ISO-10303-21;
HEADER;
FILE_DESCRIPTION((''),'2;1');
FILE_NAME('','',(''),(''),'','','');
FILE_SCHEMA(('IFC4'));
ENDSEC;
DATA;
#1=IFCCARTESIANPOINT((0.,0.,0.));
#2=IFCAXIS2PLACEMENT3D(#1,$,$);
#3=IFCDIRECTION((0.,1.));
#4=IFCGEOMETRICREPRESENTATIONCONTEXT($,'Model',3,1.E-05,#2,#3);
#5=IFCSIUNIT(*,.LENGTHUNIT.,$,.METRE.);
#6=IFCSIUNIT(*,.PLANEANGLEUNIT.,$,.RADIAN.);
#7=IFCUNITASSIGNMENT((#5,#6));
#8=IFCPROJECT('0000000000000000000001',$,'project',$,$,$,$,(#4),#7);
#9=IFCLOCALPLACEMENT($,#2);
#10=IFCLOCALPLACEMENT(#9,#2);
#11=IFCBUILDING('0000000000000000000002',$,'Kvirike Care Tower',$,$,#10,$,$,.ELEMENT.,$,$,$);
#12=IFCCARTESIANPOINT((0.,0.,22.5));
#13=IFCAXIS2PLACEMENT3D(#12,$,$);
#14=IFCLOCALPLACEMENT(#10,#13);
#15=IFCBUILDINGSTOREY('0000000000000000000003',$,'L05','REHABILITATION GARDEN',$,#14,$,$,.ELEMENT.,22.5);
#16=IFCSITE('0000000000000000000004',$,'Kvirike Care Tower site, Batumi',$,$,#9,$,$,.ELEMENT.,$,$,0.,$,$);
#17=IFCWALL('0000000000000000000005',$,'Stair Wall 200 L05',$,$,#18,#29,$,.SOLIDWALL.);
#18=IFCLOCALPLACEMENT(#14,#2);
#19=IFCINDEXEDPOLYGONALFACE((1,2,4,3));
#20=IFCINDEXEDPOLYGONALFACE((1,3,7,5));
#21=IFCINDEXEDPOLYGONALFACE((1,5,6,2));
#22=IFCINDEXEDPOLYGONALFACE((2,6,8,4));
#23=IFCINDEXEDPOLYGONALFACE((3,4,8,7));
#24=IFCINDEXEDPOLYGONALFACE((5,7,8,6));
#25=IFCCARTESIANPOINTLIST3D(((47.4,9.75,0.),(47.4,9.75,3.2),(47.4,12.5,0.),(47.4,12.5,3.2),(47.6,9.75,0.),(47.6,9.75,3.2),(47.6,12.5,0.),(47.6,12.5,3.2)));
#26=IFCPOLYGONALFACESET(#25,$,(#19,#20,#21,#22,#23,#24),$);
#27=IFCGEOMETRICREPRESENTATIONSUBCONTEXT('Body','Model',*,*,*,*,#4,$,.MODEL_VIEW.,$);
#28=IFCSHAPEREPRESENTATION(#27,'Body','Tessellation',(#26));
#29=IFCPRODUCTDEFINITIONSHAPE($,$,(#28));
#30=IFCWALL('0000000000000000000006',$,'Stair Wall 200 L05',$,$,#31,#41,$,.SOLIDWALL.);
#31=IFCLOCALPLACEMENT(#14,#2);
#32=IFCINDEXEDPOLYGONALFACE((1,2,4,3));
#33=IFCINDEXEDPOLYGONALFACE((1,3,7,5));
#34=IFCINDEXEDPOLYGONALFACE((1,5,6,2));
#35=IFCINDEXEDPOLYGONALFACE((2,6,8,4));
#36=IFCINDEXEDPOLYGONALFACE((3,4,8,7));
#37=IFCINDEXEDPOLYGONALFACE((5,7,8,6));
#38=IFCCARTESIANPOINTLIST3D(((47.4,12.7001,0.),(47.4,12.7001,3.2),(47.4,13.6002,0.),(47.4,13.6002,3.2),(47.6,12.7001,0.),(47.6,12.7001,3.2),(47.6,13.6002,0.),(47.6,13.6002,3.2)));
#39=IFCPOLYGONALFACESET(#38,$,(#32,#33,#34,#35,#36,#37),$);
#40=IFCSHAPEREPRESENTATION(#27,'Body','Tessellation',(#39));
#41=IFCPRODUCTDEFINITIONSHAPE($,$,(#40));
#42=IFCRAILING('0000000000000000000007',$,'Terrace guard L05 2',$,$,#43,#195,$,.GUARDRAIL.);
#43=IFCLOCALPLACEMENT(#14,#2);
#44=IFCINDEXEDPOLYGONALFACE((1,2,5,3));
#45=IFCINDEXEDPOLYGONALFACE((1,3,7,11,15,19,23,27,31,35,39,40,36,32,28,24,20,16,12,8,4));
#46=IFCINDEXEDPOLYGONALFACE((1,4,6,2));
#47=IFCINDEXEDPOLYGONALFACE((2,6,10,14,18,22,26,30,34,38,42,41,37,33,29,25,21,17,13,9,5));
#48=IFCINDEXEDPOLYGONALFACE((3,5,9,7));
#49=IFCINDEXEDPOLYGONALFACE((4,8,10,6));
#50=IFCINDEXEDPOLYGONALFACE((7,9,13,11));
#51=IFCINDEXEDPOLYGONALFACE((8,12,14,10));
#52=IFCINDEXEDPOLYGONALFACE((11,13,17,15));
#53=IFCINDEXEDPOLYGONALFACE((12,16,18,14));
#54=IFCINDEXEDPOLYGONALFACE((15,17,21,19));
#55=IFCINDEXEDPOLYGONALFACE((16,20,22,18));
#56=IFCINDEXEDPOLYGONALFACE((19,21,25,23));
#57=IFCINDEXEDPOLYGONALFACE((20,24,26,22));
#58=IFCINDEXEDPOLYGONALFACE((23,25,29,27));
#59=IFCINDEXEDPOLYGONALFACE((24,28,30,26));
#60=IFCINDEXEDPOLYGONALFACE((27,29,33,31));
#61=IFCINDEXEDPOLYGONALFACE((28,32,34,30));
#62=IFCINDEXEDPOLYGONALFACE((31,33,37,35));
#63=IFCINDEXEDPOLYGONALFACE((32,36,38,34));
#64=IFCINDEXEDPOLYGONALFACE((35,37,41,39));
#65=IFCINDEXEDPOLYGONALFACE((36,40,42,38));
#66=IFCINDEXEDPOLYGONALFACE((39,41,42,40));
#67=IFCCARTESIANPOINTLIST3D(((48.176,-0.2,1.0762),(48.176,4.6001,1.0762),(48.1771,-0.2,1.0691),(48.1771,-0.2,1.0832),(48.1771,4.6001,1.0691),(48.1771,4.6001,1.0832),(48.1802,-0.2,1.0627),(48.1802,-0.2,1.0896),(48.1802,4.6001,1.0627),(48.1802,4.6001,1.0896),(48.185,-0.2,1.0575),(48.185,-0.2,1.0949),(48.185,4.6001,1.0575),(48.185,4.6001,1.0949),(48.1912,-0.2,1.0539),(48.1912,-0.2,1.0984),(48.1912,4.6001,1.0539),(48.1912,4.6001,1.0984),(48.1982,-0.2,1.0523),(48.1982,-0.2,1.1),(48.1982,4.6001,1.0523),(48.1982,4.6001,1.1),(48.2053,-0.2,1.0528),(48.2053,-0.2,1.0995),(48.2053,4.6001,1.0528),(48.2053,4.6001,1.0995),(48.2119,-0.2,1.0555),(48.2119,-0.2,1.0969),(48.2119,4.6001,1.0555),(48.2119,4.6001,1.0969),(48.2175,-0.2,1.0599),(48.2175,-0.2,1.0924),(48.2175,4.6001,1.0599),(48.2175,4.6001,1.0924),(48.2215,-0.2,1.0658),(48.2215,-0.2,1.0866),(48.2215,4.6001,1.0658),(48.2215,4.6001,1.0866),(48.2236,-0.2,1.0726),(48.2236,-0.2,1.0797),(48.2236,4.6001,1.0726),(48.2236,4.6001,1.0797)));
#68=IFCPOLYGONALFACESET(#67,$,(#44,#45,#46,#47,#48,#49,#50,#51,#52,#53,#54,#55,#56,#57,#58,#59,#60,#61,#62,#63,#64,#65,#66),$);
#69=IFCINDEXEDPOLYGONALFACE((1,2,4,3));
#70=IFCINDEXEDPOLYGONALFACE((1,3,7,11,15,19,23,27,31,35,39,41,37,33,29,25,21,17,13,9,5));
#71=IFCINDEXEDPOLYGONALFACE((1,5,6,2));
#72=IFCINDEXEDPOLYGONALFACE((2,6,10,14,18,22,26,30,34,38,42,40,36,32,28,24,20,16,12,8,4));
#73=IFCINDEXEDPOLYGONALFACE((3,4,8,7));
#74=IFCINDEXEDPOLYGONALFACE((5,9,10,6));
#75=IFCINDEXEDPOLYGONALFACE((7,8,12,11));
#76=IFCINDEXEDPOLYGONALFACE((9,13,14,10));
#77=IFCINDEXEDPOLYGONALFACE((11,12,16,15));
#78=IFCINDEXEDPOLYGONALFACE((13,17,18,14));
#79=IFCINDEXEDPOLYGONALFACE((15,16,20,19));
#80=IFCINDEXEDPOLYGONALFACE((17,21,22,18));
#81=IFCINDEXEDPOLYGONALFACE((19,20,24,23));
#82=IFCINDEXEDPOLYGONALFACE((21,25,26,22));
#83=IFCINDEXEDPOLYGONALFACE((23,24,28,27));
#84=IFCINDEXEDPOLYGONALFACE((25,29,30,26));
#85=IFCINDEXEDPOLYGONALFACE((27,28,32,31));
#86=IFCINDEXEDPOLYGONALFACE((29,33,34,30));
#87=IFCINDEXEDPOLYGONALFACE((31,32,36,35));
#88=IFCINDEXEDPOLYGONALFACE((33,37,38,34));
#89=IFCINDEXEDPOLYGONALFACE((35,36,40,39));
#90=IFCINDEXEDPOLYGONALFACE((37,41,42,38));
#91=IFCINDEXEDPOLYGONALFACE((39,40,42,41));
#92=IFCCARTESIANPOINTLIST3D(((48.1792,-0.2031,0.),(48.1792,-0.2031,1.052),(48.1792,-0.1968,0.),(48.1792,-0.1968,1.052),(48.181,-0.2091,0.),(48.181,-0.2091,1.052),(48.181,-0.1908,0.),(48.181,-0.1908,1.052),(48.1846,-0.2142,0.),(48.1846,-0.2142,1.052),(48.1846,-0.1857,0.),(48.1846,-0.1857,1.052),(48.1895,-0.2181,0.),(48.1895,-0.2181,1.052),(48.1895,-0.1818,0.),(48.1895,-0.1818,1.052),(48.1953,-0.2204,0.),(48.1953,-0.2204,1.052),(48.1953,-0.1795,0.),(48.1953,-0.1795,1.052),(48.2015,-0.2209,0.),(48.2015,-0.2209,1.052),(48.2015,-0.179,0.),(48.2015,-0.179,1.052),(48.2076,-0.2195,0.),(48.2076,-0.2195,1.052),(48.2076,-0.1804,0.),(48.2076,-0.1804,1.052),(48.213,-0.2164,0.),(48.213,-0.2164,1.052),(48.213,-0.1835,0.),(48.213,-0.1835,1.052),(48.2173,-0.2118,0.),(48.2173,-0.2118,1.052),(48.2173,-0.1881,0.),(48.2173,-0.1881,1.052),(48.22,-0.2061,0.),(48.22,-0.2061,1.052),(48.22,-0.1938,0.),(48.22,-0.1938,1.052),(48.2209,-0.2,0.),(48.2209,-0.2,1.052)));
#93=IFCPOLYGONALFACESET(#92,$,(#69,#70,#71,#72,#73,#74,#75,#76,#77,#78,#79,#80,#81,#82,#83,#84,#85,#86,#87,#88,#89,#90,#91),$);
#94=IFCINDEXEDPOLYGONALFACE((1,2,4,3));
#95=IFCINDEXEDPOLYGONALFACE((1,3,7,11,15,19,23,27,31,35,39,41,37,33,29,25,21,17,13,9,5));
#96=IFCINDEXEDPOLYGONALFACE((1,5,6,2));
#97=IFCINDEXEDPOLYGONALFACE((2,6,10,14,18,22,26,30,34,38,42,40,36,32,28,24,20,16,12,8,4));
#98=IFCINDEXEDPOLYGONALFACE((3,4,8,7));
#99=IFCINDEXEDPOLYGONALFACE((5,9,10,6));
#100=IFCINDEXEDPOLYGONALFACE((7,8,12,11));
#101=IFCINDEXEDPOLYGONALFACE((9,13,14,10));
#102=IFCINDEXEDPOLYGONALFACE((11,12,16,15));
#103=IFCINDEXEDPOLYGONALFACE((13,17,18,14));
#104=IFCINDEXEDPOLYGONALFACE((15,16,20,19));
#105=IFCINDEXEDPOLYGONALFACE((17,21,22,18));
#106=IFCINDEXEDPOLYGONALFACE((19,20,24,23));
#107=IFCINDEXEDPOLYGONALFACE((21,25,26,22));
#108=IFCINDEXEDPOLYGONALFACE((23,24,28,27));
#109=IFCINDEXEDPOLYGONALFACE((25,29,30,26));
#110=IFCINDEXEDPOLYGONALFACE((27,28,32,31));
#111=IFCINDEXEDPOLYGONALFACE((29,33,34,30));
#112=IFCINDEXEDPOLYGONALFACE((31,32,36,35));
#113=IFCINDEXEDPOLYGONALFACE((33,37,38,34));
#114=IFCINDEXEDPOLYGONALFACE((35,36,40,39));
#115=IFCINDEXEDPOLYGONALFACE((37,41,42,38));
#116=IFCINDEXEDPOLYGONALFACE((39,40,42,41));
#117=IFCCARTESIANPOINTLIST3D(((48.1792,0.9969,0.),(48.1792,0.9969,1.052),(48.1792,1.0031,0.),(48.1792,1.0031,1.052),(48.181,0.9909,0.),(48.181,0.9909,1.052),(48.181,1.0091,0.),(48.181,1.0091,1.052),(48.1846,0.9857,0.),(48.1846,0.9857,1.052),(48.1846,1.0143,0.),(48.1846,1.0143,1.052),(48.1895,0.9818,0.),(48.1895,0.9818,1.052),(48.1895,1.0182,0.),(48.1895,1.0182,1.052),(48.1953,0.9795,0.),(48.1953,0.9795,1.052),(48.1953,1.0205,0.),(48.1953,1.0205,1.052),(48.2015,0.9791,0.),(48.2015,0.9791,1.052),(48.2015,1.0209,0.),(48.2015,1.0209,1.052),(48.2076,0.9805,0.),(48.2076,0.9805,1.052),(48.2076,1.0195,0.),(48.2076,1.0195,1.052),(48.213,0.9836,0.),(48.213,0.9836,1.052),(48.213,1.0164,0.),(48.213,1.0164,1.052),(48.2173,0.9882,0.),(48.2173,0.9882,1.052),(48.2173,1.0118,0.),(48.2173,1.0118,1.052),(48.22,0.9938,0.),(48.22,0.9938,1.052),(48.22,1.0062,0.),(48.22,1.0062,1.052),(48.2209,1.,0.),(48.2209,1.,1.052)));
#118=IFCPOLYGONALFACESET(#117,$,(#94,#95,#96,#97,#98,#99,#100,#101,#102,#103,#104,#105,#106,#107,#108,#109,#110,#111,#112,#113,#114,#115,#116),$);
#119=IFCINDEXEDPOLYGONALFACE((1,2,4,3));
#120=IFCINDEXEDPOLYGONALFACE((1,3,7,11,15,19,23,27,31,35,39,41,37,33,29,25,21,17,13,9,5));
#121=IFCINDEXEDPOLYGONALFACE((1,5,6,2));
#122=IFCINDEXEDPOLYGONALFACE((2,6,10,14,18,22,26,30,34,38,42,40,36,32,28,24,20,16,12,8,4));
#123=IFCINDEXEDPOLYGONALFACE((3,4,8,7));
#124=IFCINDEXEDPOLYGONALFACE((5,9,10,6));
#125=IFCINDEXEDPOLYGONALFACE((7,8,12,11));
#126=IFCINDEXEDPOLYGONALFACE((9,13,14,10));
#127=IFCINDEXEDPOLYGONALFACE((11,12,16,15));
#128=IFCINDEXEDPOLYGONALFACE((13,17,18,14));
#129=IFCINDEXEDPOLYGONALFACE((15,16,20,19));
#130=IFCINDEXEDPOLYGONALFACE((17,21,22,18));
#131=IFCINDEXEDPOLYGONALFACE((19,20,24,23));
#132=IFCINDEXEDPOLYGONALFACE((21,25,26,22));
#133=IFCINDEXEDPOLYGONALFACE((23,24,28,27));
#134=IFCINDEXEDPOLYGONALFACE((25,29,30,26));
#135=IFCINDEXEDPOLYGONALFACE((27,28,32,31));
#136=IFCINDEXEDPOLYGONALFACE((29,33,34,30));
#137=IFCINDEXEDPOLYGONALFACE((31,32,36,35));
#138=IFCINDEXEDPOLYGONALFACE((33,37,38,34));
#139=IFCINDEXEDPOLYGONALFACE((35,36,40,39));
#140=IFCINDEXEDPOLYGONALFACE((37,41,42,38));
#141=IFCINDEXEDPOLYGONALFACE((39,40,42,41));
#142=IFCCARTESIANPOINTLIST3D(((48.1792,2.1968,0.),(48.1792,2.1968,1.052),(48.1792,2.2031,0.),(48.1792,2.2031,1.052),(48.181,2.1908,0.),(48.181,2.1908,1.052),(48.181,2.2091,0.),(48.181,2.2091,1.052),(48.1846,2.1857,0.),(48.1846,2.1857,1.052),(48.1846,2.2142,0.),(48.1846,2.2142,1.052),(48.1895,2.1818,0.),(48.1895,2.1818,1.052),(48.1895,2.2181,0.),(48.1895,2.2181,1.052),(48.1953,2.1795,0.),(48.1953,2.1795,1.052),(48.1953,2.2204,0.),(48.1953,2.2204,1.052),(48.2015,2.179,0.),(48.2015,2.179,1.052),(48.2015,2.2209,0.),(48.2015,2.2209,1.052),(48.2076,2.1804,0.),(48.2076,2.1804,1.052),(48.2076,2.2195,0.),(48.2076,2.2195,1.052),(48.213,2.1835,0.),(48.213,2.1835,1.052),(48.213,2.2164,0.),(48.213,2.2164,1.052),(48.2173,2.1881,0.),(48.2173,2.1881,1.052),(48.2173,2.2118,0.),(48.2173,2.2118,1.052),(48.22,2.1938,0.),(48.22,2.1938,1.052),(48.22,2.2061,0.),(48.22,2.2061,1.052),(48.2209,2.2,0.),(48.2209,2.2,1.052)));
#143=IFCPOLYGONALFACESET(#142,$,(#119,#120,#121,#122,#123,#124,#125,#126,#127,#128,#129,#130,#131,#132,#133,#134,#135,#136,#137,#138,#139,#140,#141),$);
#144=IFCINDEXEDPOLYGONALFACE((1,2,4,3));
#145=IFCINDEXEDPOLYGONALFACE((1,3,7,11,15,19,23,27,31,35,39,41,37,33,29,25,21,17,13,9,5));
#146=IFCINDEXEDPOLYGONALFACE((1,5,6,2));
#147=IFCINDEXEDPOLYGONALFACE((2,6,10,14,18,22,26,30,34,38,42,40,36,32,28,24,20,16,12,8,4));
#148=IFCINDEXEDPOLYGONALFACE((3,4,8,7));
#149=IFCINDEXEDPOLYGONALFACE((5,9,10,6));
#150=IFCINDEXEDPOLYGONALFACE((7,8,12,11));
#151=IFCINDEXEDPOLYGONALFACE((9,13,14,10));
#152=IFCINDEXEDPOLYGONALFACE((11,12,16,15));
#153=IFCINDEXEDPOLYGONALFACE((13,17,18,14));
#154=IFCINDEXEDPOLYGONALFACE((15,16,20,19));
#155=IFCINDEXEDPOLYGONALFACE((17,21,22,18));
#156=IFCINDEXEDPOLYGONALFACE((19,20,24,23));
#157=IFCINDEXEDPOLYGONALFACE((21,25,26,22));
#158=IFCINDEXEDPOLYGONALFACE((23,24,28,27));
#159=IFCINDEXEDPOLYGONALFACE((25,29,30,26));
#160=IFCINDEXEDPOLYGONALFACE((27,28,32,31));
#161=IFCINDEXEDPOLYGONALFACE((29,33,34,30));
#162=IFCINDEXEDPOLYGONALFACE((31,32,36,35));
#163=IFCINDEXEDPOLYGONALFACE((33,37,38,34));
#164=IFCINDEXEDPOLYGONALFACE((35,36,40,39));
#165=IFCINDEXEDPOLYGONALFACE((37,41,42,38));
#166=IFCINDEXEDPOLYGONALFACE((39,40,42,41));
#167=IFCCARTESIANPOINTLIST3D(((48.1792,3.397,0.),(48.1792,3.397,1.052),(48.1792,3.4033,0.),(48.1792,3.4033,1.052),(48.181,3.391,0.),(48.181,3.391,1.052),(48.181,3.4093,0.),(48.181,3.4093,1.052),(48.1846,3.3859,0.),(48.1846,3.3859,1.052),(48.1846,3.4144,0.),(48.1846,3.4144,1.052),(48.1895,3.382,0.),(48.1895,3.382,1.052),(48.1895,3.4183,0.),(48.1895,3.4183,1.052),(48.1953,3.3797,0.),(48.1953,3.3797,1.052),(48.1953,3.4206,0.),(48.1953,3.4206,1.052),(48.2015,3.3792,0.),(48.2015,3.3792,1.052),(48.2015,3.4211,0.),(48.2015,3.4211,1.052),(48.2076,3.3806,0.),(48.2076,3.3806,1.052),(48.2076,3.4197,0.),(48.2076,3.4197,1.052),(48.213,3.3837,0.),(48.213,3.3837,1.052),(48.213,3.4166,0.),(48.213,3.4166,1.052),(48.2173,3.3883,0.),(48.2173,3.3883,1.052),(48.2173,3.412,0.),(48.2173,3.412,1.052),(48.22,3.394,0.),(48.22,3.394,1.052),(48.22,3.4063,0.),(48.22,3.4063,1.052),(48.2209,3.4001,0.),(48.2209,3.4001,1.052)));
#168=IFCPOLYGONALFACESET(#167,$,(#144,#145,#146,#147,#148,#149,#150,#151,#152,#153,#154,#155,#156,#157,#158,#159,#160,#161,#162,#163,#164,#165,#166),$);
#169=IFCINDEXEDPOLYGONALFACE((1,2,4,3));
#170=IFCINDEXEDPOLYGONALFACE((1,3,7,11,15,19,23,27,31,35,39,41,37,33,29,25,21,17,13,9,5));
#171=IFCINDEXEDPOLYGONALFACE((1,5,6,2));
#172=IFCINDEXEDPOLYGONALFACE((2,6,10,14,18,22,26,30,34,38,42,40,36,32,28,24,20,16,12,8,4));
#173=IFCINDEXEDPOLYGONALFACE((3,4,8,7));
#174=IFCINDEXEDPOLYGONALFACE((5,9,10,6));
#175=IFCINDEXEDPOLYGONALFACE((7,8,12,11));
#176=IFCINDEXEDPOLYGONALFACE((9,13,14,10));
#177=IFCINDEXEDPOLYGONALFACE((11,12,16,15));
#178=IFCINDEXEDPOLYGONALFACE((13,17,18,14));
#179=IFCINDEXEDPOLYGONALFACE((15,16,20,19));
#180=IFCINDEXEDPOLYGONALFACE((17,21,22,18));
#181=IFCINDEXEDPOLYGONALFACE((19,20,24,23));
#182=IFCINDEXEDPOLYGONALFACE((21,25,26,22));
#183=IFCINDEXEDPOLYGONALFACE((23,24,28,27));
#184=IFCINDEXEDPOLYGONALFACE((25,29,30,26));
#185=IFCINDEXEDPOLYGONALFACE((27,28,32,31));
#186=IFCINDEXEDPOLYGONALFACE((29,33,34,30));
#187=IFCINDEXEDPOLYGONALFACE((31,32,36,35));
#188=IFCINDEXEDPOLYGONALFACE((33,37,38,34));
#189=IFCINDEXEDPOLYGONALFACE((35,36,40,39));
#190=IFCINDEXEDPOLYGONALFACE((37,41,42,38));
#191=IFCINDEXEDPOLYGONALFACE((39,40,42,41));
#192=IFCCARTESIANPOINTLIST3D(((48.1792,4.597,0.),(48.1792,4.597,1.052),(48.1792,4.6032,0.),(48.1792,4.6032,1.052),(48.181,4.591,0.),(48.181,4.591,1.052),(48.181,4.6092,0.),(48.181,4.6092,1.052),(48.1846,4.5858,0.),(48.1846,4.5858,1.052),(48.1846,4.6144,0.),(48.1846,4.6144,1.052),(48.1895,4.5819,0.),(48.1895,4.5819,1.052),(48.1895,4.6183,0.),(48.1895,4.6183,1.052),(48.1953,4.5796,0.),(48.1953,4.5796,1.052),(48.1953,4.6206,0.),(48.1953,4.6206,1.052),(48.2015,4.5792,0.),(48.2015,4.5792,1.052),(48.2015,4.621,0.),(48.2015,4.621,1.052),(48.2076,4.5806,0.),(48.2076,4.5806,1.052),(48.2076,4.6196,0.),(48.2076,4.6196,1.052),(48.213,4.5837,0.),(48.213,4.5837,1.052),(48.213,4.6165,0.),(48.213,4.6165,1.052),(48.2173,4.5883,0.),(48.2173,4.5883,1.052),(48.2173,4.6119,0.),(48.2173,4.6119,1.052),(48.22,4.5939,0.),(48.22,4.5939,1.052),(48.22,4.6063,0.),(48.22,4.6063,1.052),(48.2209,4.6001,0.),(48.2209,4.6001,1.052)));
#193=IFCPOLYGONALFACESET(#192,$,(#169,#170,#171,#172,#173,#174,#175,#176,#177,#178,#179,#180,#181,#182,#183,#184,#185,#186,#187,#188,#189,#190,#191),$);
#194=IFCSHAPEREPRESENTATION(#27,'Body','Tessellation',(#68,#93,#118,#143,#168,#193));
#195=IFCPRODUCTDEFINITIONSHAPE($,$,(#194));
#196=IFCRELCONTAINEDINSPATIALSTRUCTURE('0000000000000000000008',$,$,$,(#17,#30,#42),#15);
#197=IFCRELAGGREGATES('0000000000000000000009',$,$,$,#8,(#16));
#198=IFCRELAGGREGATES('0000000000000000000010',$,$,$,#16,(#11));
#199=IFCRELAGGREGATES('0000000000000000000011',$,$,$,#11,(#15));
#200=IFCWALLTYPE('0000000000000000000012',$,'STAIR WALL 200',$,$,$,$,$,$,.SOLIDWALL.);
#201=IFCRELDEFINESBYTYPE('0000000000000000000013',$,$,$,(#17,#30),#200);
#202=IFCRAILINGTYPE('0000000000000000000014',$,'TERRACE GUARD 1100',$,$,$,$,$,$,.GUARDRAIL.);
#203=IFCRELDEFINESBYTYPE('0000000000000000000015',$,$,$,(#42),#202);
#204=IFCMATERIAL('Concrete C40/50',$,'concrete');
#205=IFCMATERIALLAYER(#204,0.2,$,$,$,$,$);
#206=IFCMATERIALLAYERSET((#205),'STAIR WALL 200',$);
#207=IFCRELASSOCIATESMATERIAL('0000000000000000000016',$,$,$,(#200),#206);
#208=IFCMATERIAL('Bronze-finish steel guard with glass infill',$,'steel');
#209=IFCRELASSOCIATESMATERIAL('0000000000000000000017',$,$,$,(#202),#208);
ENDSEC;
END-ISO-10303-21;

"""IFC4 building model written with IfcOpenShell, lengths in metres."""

from ifc_helpers import new_model, si_unit, direction, frame, frame_2d, origin, origin_2d, place, context, subcontext, project, spatial, rectangle, circle, extrude, material, layer, layer_set, type_object, element, save


model = new_model("IFC4")

# Units and contexts
model_context = context("Model", 3, precision=1e-05, world=origin(), true_north=direction((0.0, 1.0)))
body_context = subcontext(model_context, "Body", "Model", "MODEL_VIEW")
ifc_project = project(units=[si_unit("LENGTHUNIT", "METRE"), si_unit("PLANEANGLEUNIT", "RADIAN")], contexts=[model_context])

# Site, building, storey
site_placement = place(None, origin())
site = spatial("IfcSite", under=ifc_project, at=site_placement, Name="Kvirike Care Tower site, Batumi", CompositionType="ELEMENT", RefElevation=0.0)
building_placement = place(site_placement, origin())
building = spatial("IfcBuilding", under=site, at=building_placement, Name="Kvirike Care Tower", CompositionType="ELEMENT")
storey_placement = place(building_placement, frame((0.0, 0.0, 22.5)))
storey = spatial("IfcBuildingStorey", under=building, at=storey_placement, Name="L05", Description="REHABILITATION GARDEN", CompositionType="ELEMENT", Elevation=22.5)

# Walls
ifc_material_1 = material(Name="Concrete C40/50", Category="concrete")
ifc_layer = layer(ifc_material_1, 0.2)
ifc_layer_set = layer_set([ifc_layer], Name="STAIR WALL 200")
wall_type = type_object("IfcWallType", Name="STAIR WALL 200", PredefinedType="SOLIDWALL", material=ifc_layer_set)
wall_1_placement = place(storey_placement, frame((47.5, 9.75, 0.0), z_axis=(0.0, 0.0, 1.0), x_axis=(0.0, 1.0, 0.0)))
element("IfcWall", 1, at=wall_1_placement, inside=storey, type_object=wall_type, Name="Stair Wall 200 L05", PredefinedType="SOLIDWALL", context=body_context, shape_type="SweptSolid", body=[
    extrude(rectangle(XDim=2.75, YDim=0.2, at=frame_2d((1.375, 0.0))), origin(), (0.0, 0.0, 1.0), 3.2),
])
wall_2_placement = place(storey_placement, frame((47.5, 12.7, 0.0), z_axis=(0.0, 0.0, 1.0), x_axis=(0.0, 1.0, 0.0)))
element("IfcWall", 2, at=wall_2_placement, inside=storey, type_object=wall_type, Name="Stair Wall 200 L05", PredefinedType="SOLIDWALL", context=body_context, shape_type="SweptSolid", body=[
    extrude(rectangle(XDim=0.9001, YDim=0.2, at=frame_2d((0.4502, 0.0))), origin(), (0.0, 0.0, 1.0), 3.2),
])

# Railing
ifc_material_2 = material(Name="Bronze-finish steel guard with glass infill", Category="steel")
railing_type = type_object("IfcRailingType", Name="TERRACE GUARD 1100", PredefinedType="GUARDRAIL", material=ifc_material_2)
railing_1_placement = place(storey_placement, frame((48.2, -0.2, 0.0)))
element("IfcRailing", 3, at=railing_1_placement, inside=storey, type_object=railing_type, Name="Terrace guard L05 2", PredefinedType="GUARDRAIL", context=body_context, shape_type="SweptSolid", body=[
    extrude(circle(Radius=0.0239, at=origin_2d()), frame((0.0, 0.0, 1.0762), z_axis=(0.0, 1.0, 0.0), x_axis=(-1.0, 0.0, 0.0)), (0.0, 0.0, 1.0), 4.8),
    extrude(circle(Radius=0.021, at=origin_2d()), origin(), (0.0, 0.0, 1.0), 1.052),
    extrude(circle(Radius=0.021, at=origin_2d()), frame((0.0, 1.2, 0.0)), (0.0, 0.0, 1.0), 1.052),
    extrude(circle(Radius=0.021, at=origin_2d()), frame((0.0, 2.3999, 0.0)), (0.0, 0.0, 1.0), 1.052),
    extrude(circle(Radius=0.021, at=origin_2d()), frame((0.0, 3.6001, 0.0)), (0.0, 0.0, 1.0), 1.052),
    extrude(circle(Radius=0.021, at=origin_2d()), frame((0.0, 4.8, 0.0)), (0.0, 0.0, 1.0), 1.052),
])

save(model, "model.ifc")
